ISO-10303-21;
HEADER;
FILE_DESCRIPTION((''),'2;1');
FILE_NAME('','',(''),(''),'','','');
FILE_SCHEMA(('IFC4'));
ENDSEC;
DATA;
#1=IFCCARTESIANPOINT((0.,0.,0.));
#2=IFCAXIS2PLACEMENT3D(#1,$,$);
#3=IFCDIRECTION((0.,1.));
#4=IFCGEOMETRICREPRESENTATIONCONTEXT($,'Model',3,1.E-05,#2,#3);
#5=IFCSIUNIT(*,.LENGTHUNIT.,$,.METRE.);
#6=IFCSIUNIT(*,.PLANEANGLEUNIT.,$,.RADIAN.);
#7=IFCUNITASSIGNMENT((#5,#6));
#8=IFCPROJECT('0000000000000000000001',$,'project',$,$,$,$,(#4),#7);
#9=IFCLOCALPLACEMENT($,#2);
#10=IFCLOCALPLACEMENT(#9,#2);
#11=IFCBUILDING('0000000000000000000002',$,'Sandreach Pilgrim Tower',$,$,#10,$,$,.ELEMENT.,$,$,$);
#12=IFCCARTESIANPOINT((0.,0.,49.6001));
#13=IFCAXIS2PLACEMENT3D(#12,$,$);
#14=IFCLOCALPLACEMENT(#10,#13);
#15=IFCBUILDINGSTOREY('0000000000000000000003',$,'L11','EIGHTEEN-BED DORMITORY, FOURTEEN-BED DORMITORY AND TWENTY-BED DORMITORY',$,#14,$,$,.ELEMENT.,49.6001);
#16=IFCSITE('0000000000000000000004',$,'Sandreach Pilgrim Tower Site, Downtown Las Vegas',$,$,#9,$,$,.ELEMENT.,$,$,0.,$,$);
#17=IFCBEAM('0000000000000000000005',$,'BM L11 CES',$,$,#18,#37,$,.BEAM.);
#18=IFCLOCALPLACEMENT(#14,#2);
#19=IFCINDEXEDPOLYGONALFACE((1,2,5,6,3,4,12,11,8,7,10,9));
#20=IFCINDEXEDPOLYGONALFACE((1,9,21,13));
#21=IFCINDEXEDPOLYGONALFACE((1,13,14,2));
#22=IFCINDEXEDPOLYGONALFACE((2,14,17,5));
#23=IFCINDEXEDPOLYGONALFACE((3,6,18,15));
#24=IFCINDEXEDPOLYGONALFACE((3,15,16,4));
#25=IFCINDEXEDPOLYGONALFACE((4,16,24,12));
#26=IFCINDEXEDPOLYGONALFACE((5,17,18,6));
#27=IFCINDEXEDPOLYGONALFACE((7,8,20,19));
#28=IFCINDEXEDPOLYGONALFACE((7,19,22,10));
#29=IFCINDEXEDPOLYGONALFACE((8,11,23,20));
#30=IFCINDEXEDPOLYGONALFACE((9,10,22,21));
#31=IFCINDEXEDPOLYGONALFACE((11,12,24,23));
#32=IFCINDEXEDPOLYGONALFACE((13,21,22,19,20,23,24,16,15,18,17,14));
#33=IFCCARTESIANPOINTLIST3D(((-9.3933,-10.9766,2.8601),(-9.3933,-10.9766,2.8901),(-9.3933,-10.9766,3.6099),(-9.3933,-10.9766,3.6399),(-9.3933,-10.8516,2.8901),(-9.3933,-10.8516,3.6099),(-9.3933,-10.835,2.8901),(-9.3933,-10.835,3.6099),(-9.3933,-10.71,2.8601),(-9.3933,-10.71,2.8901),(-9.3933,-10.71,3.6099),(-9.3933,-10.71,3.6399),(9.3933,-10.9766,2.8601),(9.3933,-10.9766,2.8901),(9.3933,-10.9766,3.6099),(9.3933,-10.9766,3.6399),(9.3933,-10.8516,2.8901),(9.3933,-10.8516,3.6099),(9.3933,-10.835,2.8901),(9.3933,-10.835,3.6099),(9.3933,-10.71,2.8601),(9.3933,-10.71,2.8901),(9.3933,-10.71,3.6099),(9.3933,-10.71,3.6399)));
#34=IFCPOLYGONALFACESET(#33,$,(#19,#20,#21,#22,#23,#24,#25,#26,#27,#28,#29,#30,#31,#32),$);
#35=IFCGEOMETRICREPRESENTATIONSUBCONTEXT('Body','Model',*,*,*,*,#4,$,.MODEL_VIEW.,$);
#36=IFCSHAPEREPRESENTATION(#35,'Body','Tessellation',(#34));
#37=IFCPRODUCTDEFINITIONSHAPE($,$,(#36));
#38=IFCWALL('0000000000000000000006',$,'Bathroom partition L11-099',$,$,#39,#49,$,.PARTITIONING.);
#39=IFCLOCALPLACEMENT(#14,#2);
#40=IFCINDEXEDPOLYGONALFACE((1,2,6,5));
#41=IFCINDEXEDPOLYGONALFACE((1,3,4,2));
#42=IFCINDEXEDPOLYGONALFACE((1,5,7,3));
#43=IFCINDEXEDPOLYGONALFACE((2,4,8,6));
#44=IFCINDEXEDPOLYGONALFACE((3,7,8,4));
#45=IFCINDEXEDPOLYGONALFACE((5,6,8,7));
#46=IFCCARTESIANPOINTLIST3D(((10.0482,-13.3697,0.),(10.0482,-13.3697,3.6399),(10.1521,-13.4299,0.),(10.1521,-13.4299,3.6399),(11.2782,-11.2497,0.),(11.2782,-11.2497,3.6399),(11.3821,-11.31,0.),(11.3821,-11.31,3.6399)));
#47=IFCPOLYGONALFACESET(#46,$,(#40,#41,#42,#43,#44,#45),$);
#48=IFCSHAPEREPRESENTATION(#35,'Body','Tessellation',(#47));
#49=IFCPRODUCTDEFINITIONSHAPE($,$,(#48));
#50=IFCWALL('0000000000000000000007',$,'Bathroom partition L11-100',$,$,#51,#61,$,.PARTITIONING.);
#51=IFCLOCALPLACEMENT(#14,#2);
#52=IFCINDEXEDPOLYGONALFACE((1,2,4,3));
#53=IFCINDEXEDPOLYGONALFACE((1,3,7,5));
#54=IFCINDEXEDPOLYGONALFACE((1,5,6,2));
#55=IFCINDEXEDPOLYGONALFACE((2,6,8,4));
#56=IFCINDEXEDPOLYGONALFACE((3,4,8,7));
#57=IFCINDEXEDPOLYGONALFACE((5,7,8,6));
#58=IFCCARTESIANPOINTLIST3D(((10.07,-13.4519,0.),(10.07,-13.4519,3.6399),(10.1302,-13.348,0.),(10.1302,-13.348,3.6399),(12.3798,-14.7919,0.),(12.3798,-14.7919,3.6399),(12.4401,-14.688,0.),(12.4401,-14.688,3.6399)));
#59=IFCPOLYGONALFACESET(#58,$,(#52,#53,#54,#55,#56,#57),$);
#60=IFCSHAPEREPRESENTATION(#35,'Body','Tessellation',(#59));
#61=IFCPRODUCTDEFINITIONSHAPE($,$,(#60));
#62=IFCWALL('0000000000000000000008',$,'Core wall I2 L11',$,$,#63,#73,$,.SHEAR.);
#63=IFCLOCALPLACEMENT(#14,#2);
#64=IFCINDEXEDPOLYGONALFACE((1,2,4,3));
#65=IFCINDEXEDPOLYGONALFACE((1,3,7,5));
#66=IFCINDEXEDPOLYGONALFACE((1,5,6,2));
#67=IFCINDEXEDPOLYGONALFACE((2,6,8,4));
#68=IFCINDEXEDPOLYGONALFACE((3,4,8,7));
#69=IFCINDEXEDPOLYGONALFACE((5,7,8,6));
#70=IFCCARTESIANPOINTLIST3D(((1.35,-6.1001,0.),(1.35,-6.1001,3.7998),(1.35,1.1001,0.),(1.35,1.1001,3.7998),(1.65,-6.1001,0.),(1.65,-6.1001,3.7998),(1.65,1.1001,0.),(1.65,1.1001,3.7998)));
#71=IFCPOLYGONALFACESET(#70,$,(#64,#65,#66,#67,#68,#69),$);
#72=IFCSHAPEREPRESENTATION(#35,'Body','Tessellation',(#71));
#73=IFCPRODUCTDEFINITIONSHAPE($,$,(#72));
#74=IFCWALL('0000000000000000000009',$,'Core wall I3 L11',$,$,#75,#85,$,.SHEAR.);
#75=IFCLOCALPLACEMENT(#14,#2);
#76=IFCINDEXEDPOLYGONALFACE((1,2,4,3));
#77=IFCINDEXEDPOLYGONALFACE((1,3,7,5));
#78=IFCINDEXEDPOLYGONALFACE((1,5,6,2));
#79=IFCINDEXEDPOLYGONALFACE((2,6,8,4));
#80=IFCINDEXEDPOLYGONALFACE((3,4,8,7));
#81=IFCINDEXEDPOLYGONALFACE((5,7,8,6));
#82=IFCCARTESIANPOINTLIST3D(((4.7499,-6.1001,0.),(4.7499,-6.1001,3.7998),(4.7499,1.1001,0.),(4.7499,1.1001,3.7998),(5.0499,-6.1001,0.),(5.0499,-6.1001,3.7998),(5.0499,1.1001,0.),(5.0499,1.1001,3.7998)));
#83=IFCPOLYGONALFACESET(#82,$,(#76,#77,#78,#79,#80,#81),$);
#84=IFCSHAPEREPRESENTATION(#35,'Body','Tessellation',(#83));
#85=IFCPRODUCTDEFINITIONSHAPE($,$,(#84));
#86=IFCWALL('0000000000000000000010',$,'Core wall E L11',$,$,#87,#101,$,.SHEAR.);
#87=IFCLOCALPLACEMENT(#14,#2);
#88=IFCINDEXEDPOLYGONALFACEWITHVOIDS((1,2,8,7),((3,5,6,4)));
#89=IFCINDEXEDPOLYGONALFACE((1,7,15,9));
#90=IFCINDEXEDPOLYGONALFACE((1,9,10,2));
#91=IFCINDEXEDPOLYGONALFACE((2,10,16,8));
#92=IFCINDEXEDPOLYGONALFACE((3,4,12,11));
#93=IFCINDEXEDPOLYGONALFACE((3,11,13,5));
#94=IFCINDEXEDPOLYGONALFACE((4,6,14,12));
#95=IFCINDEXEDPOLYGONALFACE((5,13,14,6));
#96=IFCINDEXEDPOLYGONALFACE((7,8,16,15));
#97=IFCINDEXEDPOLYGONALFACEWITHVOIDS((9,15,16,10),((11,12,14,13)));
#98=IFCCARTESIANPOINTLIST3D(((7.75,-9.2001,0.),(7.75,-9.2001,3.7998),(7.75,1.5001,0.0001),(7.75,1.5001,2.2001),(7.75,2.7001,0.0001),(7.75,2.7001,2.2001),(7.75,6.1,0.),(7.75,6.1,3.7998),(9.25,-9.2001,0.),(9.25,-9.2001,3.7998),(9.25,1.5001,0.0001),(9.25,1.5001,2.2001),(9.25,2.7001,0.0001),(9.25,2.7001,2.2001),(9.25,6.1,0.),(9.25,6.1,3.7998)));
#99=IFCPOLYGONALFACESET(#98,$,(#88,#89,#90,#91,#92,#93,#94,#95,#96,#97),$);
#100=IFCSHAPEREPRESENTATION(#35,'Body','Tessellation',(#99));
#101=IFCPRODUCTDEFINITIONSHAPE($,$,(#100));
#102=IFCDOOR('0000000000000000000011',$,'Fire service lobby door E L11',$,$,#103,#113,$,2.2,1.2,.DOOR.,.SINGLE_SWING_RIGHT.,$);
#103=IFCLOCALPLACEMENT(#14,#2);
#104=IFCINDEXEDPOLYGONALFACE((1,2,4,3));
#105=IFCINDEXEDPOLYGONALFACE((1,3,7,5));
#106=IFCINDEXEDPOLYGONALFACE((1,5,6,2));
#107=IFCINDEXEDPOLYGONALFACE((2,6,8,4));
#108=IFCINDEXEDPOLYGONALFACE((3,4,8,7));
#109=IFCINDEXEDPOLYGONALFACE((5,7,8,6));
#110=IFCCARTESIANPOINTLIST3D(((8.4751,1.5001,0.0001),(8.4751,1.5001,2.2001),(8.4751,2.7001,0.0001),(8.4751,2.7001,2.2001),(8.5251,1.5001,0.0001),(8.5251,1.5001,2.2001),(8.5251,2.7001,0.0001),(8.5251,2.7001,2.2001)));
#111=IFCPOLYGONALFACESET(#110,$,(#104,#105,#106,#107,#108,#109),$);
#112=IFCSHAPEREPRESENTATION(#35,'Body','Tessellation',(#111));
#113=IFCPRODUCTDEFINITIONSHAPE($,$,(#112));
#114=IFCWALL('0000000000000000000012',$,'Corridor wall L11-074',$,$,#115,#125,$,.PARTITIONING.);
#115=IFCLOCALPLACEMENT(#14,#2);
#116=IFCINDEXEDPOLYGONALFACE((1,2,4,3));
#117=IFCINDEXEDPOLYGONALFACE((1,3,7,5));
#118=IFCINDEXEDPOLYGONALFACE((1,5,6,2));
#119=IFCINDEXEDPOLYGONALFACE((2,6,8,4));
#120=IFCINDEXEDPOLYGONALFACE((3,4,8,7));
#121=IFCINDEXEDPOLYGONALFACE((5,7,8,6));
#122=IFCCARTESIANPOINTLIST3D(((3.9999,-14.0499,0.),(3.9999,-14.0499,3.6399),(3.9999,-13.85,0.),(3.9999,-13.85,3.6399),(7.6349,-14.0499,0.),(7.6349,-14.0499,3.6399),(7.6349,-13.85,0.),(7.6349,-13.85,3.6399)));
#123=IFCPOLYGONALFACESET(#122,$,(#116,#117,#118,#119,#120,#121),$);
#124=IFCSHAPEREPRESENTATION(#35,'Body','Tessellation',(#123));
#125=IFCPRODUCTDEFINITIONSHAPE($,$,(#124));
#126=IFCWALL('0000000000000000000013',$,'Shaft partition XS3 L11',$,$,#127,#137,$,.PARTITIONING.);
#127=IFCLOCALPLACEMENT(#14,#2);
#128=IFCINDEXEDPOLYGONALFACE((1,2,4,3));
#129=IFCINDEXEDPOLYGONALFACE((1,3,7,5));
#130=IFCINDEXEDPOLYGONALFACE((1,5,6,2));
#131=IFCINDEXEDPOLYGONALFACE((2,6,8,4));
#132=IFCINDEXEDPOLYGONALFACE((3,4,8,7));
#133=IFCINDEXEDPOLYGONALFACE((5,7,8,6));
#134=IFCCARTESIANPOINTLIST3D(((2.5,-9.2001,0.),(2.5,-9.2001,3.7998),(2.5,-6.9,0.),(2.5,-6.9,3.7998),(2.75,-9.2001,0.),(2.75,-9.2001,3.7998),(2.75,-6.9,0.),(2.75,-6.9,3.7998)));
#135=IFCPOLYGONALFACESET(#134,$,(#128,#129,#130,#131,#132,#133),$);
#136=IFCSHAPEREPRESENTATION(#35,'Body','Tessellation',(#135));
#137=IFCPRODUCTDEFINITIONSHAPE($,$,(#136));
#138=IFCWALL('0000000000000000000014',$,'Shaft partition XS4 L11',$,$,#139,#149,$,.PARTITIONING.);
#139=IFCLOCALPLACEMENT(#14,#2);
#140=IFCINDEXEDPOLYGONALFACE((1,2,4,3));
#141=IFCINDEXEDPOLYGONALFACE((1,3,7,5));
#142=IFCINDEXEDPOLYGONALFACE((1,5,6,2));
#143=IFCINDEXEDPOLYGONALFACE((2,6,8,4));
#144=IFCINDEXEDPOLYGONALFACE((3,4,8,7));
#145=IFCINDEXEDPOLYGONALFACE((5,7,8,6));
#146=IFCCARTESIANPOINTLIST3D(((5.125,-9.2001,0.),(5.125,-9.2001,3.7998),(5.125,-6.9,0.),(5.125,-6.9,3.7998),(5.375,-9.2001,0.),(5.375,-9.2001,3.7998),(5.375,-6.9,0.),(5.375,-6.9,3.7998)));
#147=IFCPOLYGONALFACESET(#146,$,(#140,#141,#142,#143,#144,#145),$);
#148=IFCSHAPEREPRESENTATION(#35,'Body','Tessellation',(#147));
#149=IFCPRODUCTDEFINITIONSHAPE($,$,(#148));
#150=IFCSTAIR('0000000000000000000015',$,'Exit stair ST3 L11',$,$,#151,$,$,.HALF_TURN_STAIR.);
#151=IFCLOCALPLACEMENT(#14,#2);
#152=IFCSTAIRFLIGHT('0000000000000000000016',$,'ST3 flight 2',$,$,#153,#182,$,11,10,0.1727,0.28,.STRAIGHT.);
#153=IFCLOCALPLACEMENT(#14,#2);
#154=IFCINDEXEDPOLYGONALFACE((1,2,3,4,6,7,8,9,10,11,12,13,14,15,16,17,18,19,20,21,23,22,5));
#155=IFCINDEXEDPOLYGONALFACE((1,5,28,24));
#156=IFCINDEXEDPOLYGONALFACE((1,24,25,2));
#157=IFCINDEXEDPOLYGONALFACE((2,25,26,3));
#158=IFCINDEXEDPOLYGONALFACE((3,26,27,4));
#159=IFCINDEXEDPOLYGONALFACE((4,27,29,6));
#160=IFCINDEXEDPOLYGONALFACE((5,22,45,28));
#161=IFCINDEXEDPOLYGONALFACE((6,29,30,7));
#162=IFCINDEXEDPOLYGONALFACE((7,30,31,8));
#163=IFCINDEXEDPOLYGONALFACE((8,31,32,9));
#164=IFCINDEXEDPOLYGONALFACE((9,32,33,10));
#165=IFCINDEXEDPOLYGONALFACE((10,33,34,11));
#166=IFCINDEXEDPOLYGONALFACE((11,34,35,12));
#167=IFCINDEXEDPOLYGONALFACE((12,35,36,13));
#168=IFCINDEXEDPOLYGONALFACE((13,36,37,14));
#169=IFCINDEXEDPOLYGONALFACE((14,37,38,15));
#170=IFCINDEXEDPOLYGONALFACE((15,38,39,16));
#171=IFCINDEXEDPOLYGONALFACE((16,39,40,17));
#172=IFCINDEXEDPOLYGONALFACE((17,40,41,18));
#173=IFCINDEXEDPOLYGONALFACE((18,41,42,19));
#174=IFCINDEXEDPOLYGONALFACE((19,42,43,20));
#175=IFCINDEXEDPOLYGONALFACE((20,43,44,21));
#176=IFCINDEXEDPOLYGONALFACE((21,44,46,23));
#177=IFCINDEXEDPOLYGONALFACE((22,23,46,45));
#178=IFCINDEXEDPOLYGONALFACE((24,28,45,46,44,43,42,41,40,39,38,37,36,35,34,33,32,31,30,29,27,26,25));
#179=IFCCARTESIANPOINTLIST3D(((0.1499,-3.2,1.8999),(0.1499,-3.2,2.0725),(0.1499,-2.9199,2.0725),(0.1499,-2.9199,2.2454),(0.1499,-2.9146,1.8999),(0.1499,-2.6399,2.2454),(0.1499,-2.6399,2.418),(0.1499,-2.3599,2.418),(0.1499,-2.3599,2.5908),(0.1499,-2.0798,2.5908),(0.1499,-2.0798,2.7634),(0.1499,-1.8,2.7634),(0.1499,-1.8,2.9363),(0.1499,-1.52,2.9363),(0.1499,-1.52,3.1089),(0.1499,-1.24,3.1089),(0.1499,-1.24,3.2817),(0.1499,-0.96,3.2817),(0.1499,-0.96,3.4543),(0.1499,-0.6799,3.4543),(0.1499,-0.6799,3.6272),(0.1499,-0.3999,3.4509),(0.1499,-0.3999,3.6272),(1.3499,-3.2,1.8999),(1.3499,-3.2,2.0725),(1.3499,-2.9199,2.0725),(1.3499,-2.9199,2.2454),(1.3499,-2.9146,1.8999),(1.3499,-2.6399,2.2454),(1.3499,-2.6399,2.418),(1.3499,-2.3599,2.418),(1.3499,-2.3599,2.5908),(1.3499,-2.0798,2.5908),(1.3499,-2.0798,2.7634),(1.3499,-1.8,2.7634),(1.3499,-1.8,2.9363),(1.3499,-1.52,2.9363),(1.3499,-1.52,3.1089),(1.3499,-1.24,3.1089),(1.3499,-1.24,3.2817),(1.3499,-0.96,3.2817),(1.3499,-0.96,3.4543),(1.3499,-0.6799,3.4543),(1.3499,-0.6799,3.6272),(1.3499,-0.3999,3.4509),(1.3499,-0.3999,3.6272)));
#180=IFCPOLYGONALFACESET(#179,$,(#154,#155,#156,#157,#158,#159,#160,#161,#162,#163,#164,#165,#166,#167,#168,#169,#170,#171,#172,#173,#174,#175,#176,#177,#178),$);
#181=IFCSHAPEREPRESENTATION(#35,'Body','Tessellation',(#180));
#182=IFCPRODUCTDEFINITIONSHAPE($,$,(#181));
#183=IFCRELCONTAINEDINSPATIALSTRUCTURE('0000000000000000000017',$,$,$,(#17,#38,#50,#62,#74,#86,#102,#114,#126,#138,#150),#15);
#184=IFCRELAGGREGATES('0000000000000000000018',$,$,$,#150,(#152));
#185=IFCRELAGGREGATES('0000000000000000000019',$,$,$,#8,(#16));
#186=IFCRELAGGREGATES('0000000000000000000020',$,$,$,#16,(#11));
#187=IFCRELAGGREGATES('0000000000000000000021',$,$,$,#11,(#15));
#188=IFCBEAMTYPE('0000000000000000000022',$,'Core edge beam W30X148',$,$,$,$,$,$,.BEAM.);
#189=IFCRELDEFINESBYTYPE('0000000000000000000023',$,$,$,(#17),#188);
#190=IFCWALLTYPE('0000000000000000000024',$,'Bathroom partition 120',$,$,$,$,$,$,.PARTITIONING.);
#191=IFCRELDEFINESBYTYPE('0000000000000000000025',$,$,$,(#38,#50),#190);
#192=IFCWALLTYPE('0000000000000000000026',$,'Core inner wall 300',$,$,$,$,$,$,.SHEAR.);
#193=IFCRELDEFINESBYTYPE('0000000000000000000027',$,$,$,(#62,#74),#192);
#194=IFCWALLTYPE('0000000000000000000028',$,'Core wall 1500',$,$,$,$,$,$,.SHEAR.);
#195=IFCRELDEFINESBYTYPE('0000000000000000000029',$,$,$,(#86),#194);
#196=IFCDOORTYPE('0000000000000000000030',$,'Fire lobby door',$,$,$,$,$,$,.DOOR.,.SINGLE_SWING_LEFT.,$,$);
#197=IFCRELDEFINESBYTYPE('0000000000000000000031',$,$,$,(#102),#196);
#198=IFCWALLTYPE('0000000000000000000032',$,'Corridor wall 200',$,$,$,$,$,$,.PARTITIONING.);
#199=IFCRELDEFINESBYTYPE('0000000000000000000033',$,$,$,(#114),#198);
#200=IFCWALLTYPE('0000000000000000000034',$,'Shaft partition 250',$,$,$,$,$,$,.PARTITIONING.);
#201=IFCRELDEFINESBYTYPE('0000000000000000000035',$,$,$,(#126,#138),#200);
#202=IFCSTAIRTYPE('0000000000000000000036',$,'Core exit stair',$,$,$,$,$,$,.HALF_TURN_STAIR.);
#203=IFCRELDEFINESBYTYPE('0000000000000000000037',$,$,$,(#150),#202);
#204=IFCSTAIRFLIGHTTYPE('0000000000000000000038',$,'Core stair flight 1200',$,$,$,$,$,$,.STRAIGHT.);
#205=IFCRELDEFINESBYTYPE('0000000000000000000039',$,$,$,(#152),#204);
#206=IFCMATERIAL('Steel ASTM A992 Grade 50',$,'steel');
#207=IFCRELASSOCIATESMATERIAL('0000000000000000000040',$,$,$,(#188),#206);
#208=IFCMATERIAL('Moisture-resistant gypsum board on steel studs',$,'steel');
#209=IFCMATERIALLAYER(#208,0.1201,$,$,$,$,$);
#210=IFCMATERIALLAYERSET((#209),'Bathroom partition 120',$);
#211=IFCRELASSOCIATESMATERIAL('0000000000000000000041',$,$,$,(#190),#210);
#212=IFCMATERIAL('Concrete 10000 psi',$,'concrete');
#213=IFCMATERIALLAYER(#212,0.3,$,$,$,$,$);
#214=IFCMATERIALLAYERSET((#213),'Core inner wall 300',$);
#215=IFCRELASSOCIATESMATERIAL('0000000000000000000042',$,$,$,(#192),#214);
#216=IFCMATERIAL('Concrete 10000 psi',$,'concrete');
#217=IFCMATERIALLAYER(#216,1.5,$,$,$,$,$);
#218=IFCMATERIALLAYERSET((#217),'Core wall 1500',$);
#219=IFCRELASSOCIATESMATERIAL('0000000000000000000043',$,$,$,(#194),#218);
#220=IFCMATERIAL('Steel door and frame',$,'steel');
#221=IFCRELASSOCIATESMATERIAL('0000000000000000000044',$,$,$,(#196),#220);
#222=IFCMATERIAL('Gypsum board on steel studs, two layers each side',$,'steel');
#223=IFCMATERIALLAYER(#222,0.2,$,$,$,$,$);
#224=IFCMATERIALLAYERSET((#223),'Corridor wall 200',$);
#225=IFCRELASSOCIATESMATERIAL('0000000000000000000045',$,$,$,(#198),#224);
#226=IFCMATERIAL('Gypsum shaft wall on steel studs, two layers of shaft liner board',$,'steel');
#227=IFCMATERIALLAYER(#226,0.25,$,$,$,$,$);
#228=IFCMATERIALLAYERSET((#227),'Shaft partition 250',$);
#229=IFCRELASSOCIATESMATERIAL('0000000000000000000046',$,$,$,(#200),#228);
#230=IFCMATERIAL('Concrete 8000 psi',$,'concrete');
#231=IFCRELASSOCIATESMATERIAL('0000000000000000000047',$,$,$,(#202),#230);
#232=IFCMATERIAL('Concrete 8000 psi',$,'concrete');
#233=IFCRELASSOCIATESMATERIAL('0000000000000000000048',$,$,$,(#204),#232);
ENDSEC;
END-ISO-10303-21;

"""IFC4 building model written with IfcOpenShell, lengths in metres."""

from ifc_helpers import new_model, si_unit, direction, frame, frame_2d, origin, origin_2d, place, context, subcontext, project, spatial, polyline, rectangle, i_section, outline, extrude, material, layer, layer_set, material_profile, profile_set, type_object, element, fill, aggregate, save


model = new_model("IFC4")

# Units and contexts
model_context = context("Model", 3, precision=1e-05, world=origin(), true_north=direction((0.0, 1.0)))
body_context = subcontext(model_context, "Body", "Model", "MODEL_VIEW")
ifc_project = project(units=[si_unit("LENGTHUNIT", "METRE"), si_unit("PLANEANGLEUNIT", "RADIAN")], contexts=[model_context])

# Site, building, storey
site_placement = place(None, origin())
site = spatial("IfcSite", under=ifc_project, at=site_placement, Name="Sandreach Pilgrim Tower Site, Downtown Las Vegas", CompositionType="ELEMENT", RefElevation=0.0)
building_placement = place(site_placement, origin())
building = spatial("IfcBuilding", under=site, at=building_placement, Name="Sandreach Pilgrim Tower", CompositionType="ELEMENT")
storey_placement = place(building_placement, frame((0.0, 0.0, 49.6001)))
storey = spatial("IfcBuildingStorey", under=building, at=storey_placement, Name="L11", Description="EIGHTEEN-BED DORMITORY, FOURTEEN-BED DORMITORY AND TWENTY-BED DORMITORY", CompositionType="ELEMENT", Elevation=49.6001)

# Beam
ifc_material_1 = material(Name="Steel ASTM A992 Grade 50", Category="steel")
ifc_material_profile = material_profile(ifc_material_1, i_section(OverallWidth=0.2666, OverallDepth=0.7798, WebThickness=0.0166, FlangeThickness=0.03, at=origin_2d()), Name="W30X148")
ifc_profile_set = profile_set([ifc_material_profile], Name="Steel ASTM A992 Grade 50")
beam_type = type_object("IfcBeamType", Name="Core edge beam W30X148", PredefinedType="BEAM", material=ifc_profile_set)
beam_placement = place(storey_placement, frame((9.3933, -10.8433, 3.25), z_axis=(-1.0, 0.0, 0.0), x_axis=(0.0, -1.0, 0.0)))
element("IfcBeam", 1, at=beam_placement, inside=storey, type_object=beam_type, Name="BM L11 CES", PredefinedType="BEAM", context=body_context, shape_type="SweptSolid", body=[
    extrude(i_section(OverallWidth=0.2666, OverallDepth=0.7798, WebThickness=0.0166, FlangeThickness=0.03, at=origin_2d()), origin(), (0.0, 0.0, 1.0), 18.7866),
])

# Walls
ifc_material_2 = material(Name="Moisture-resistant gypsum board on steel studs", Category="steel")
ifc_layer_1 = layer(ifc_material_2, 0.1201)
ifc_layer_set_1 = layer_set([ifc_layer_1], Name="Bathroom partition 120")
wall_type_1 = type_object("IfcWallType", Name="Bathroom partition 120", PredefinedType="PARTITIONING", material=ifc_layer_set_1)
wall_1_placement = place(storey_placement, frame((10.1001, -13.3999, 0.0), z_axis=(0.0, 0.0, 1.0), x_axis=(0.501857, 0.864951, 0.0)))
element("IfcWall", 2, at=wall_1_placement, inside=storey, type_object=wall_type_1, Name="Bathroom partition L11-099", PredefinedType="PARTITIONING", context=body_context, shape_type="SweptSolid", body=[
    extrude(rectangle(XDim=2.4509, YDim=0.1201, at=frame_2d((1.2256, 0.0))), origin(), (0.0, 0.0, 1.0), 3.6399),
])
wall_2_placement = place(storey_placement, frame((10.1001, -13.3999, 0.0), z_axis=(0.0, 0.0, 1.0), x_axis=(0.864967, -0.501829, 0.0)))
element("IfcWall", 3, at=wall_2_placement, inside=storey, type_object=wall_type_1, Name="Bathroom partition L11-100", PredefinedType="PARTITIONING", context=body_context, shape_type="SweptSolid", body=[
    extrude(rectangle(XDim=2.6704, YDim=0.1201, at=frame_2d((1.3352, 0.0))), origin(), (0.0, 0.0, 1.0), 3.6399),
])
ifc_material_3 = material(Name="Concrete 10000 psi", Category="concrete")
ifc_layer_2 = layer(ifc_material_3, 0.3)
ifc_layer_set_2 = layer_set([ifc_layer_2], Name="Core inner wall 300")
wall_type_2 = type_object("IfcWallType", Name="Core inner wall 300", PredefinedType="SHEAR", material=ifc_layer_set_2)
for number, where, z_axis, x_axis, name in (
    (4, (1.5, -6.1001, 0.0), (0.0, 0.0, 1.0), (0.0, 1.0, 0.0), "Core wall I2 L11"),
    (5, (4.8999, -6.1001, 0.0), (0.0, 0.0, 1.0), (0.0, 1.0, 0.0), "Core wall I3 L11"),
):
    element("IfcWall", number, at=place(storey_placement, frame(where, z_axis=z_axis, x_axis=x_axis)), inside=storey, type_object=wall_type_2, Name=name, PredefinedType="SHEAR", context=body_context, shape_type="SweptSolid", body=[
        extrude(rectangle(XDim=7.2002, YDim=0.3, at=frame_2d((3.6001, 0.0))), origin(), (0.0, 0.0, 1.0), 3.7998),
    ])

# Wall, opening, door
ifc_material_4 = material(Name="Concrete 10000 psi", Category="concrete")
ifc_layer_3 = layer(ifc_material_4, 1.5)
ifc_layer_set_3 = layer_set([ifc_layer_3], Name="Core wall 1500")
wall_type_3 = type_object("IfcWallType", Name="Core wall 1500", PredefinedType="SHEAR", material=ifc_layer_set_3)
wall_3_placement = place(storey_placement, frame((8.5, -9.2, 0.0), z_axis=(0.0, 0.0, 1.0), x_axis=(0.0, 1.0, 0.0)))
wall_3 = element("IfcWall", 6, at=wall_3_placement, inside=storey, type_object=wall_type_3, Name="Core wall E L11", PredefinedType="SHEAR", context=body_context, shape_type="SweptSolid", body=[
    extrude(rectangle(XDim=15.3, YDim=1.5, at=frame_2d((7.6499, 0.0))), origin(), (0.0, 0.0, 1.0), 3.7998),
])
opening_1_placement = place(wall_3_placement, frame((10.7, 0.0, 0.0)))
opening_1 = element("IfcOpeningElement", 7, at=opening_1_placement, cuts=wall_3, PredefinedType="OPENING", context=body_context, shape_type="SweptSolid", body=[
    extrude(rectangle(XDim=1.2, YDim=2.2, at=frame_2d((0.6001, 1.1001))), frame((0.0, 0.75, 0.0), z_axis=(0.0, -1.0, 0.0), x_axis=(1.0, 0.0, 0.0)), (0.0, 0.0, 1.0), 1.5),
])
ifc_material_5 = material(Name="Steel door and frame", Category="steel")
door_type_1 = type_object("IfcDoorType", Name="Fire lobby door", OperationType="SINGLE_SWING_LEFT", PredefinedType="DOOR", material=ifc_material_5)
door_1_placement = place(opening_1_placement, origin())
door_1 = element("IfcDoor", 8, at=door_1_placement, inside=storey, type_object=door_type_1, Name="Fire service lobby door E L11", OperationType="SINGLE_SWING_RIGHT", OverallHeight=2.2, OverallWidth=1.2, PredefinedType="DOOR", context=body_context, shape_type="SweptSolid", body=[
    extrude(rectangle(XDim=1.2, YDim=2.2, at=frame_2d((0.6001, 1.1001))), frame((0.0, 0.0249, 0.0), z_axis=(0.0, -1.0, 0.0), x_axis=(1.0, 0.0, 0.0)), (0.0, 0.0, 1.0), 0.05),
])
fill(opening_1, door_1)
ifc_material_6 = material(Name="Gypsum board on steel studs, two layers each side", Category="steel")
ifc_layer_4 = layer(ifc_material_6, 0.2)
ifc_layer_set_4 = layer_set([ifc_layer_4], Name="Corridor wall 200")
wall_type_4 = type_object("IfcWallType", Name="Corridor wall 200", PredefinedType="PARTITIONING", material=ifc_layer_set_4)

# Wall
wall_4_placement = place(storey_placement, frame((4.0, -13.95, 0.0), z_axis=(0.0, 0.0, 1.0), x_axis=(1.0, 0.0, 0.0)))
element("IfcWall", 9, at=wall_4_placement, inside=storey, type_object=wall_type_4, Name="Corridor wall L11-074", PredefinedType="PARTITIONING", context=body_context, shape_type="SweptSolid", body=[
    extrude(rectangle(XDim=3.635, YDim=0.2, at=frame_2d((1.8174, 0.0))), origin(), (0.0, 0.0, 1.0), 3.6399),
])

# Walls
ifc_material_7 = material(Name="Gypsum shaft wall on steel studs, two layers of shaft liner board", Category="steel")
ifc_layer_5 = layer(ifc_material_7, 0.25)
ifc_layer_set_5 = layer_set([ifc_layer_5], Name="Shaft partition 250")
wall_type_5 = type_object("IfcWallType", Name="Shaft partition 250", PredefinedType="PARTITIONING", material=ifc_layer_set_5)
for number, where, z_axis, x_axis, name in (
    (10, (2.625, -9.2, 0.0), (0.0, 0.0, 1.0), (0.0, 1.0, 0.0), "Shaft partition XS3 L11"),
    (11, (5.25, -9.2, 0.0), (0.0, 0.0, 1.0), (0.0, 1.0, 0.0), "Shaft partition XS4 L11"),
):
    element("IfcWall", number, at=place(storey_placement, frame(where, z_axis=z_axis, x_axis=x_axis)), inside=storey, type_object=wall_type_5, Name=name, PredefinedType="PARTITIONING", context=body_context, shape_type="SweptSolid", body=[
        extrude(rectangle(XDim=2.3, YDim=0.25, at=frame_2d((1.1499, 0.0))), origin(), (0.0, 0.0, 1.0), 3.7998),
    ])

# Stair, stair flight
ifc_material_8 = material(Name="Concrete 8000 psi", Category="concrete")
stair_type = type_object("IfcStairType", Name="Core exit stair", PredefinedType="HALF_TURN_STAIR", material=ifc_material_8)
stair_placement = place(storey_placement, origin())
stair = element("IfcStair", 12, at=stair_placement, inside=storey, type_object=stair_type, Name="Exit stair ST3 L11", PredefinedType="HALF_TURN_STAIR")
ifc_material_9 = material(Name="Concrete 8000 psi", Category="concrete")
stair_flight_type = type_object("IfcStairFlightType", Name="Core stair flight 1200", PredefinedType="STRAIGHT", material=ifc_material_9)
stair_flight_placement = place(storey_placement, frame((0.75, -3.2, 1.8999), z_axis=(0.0, 0.0, 1.0), x_axis=(0.0, 1.0, 0.0)))
stair_flight = element("IfcStairFlight", 13, at=stair_flight_placement, type_object=stair_flight_type, Name="ST3 flight 2", NumberOfRisers=11, NumberOfTreads=10, PredefinedType="STRAIGHT", RiserHeight=0.1727, TreadLength=0.28, context=body_context, shape_type="SweptSolid", body=[
    extrude(outline(polyline([(0.0, 0.0), (0.0, 0.1726), (0.28, 0.1726), (0.28, 0.3455), (0.5601, 0.3455), (0.5601, 0.5181), (0.8401, 0.5181), (0.8401, 0.6909), (1.1201, 0.6909), (1.1201, 0.8635), (1.3999, 0.8635), (1.3999, 1.0364), (1.6799, 1.0364), (1.6799, 1.209), (1.96, 1.209), (1.96, 1.3818), (2.24, 1.3818), (2.24, 1.5544), (2.52, 1.5544), (2.52, 1.7273), (2.8, 1.7273), (2.8, 1.8999), (2.8, 1.551), (0.2854, 0.0), (0.0, 0.0)])), frame((0.0, 0.6001, 0.0), z_axis=(0.0, -1.0, 0.0), x_axis=(1.0, 0.0, 0.0)), (0.0, 0.0, 1.0), 1.2),
])
aggregate(stair, [stair_flight])

save(model, "model.ifc")
